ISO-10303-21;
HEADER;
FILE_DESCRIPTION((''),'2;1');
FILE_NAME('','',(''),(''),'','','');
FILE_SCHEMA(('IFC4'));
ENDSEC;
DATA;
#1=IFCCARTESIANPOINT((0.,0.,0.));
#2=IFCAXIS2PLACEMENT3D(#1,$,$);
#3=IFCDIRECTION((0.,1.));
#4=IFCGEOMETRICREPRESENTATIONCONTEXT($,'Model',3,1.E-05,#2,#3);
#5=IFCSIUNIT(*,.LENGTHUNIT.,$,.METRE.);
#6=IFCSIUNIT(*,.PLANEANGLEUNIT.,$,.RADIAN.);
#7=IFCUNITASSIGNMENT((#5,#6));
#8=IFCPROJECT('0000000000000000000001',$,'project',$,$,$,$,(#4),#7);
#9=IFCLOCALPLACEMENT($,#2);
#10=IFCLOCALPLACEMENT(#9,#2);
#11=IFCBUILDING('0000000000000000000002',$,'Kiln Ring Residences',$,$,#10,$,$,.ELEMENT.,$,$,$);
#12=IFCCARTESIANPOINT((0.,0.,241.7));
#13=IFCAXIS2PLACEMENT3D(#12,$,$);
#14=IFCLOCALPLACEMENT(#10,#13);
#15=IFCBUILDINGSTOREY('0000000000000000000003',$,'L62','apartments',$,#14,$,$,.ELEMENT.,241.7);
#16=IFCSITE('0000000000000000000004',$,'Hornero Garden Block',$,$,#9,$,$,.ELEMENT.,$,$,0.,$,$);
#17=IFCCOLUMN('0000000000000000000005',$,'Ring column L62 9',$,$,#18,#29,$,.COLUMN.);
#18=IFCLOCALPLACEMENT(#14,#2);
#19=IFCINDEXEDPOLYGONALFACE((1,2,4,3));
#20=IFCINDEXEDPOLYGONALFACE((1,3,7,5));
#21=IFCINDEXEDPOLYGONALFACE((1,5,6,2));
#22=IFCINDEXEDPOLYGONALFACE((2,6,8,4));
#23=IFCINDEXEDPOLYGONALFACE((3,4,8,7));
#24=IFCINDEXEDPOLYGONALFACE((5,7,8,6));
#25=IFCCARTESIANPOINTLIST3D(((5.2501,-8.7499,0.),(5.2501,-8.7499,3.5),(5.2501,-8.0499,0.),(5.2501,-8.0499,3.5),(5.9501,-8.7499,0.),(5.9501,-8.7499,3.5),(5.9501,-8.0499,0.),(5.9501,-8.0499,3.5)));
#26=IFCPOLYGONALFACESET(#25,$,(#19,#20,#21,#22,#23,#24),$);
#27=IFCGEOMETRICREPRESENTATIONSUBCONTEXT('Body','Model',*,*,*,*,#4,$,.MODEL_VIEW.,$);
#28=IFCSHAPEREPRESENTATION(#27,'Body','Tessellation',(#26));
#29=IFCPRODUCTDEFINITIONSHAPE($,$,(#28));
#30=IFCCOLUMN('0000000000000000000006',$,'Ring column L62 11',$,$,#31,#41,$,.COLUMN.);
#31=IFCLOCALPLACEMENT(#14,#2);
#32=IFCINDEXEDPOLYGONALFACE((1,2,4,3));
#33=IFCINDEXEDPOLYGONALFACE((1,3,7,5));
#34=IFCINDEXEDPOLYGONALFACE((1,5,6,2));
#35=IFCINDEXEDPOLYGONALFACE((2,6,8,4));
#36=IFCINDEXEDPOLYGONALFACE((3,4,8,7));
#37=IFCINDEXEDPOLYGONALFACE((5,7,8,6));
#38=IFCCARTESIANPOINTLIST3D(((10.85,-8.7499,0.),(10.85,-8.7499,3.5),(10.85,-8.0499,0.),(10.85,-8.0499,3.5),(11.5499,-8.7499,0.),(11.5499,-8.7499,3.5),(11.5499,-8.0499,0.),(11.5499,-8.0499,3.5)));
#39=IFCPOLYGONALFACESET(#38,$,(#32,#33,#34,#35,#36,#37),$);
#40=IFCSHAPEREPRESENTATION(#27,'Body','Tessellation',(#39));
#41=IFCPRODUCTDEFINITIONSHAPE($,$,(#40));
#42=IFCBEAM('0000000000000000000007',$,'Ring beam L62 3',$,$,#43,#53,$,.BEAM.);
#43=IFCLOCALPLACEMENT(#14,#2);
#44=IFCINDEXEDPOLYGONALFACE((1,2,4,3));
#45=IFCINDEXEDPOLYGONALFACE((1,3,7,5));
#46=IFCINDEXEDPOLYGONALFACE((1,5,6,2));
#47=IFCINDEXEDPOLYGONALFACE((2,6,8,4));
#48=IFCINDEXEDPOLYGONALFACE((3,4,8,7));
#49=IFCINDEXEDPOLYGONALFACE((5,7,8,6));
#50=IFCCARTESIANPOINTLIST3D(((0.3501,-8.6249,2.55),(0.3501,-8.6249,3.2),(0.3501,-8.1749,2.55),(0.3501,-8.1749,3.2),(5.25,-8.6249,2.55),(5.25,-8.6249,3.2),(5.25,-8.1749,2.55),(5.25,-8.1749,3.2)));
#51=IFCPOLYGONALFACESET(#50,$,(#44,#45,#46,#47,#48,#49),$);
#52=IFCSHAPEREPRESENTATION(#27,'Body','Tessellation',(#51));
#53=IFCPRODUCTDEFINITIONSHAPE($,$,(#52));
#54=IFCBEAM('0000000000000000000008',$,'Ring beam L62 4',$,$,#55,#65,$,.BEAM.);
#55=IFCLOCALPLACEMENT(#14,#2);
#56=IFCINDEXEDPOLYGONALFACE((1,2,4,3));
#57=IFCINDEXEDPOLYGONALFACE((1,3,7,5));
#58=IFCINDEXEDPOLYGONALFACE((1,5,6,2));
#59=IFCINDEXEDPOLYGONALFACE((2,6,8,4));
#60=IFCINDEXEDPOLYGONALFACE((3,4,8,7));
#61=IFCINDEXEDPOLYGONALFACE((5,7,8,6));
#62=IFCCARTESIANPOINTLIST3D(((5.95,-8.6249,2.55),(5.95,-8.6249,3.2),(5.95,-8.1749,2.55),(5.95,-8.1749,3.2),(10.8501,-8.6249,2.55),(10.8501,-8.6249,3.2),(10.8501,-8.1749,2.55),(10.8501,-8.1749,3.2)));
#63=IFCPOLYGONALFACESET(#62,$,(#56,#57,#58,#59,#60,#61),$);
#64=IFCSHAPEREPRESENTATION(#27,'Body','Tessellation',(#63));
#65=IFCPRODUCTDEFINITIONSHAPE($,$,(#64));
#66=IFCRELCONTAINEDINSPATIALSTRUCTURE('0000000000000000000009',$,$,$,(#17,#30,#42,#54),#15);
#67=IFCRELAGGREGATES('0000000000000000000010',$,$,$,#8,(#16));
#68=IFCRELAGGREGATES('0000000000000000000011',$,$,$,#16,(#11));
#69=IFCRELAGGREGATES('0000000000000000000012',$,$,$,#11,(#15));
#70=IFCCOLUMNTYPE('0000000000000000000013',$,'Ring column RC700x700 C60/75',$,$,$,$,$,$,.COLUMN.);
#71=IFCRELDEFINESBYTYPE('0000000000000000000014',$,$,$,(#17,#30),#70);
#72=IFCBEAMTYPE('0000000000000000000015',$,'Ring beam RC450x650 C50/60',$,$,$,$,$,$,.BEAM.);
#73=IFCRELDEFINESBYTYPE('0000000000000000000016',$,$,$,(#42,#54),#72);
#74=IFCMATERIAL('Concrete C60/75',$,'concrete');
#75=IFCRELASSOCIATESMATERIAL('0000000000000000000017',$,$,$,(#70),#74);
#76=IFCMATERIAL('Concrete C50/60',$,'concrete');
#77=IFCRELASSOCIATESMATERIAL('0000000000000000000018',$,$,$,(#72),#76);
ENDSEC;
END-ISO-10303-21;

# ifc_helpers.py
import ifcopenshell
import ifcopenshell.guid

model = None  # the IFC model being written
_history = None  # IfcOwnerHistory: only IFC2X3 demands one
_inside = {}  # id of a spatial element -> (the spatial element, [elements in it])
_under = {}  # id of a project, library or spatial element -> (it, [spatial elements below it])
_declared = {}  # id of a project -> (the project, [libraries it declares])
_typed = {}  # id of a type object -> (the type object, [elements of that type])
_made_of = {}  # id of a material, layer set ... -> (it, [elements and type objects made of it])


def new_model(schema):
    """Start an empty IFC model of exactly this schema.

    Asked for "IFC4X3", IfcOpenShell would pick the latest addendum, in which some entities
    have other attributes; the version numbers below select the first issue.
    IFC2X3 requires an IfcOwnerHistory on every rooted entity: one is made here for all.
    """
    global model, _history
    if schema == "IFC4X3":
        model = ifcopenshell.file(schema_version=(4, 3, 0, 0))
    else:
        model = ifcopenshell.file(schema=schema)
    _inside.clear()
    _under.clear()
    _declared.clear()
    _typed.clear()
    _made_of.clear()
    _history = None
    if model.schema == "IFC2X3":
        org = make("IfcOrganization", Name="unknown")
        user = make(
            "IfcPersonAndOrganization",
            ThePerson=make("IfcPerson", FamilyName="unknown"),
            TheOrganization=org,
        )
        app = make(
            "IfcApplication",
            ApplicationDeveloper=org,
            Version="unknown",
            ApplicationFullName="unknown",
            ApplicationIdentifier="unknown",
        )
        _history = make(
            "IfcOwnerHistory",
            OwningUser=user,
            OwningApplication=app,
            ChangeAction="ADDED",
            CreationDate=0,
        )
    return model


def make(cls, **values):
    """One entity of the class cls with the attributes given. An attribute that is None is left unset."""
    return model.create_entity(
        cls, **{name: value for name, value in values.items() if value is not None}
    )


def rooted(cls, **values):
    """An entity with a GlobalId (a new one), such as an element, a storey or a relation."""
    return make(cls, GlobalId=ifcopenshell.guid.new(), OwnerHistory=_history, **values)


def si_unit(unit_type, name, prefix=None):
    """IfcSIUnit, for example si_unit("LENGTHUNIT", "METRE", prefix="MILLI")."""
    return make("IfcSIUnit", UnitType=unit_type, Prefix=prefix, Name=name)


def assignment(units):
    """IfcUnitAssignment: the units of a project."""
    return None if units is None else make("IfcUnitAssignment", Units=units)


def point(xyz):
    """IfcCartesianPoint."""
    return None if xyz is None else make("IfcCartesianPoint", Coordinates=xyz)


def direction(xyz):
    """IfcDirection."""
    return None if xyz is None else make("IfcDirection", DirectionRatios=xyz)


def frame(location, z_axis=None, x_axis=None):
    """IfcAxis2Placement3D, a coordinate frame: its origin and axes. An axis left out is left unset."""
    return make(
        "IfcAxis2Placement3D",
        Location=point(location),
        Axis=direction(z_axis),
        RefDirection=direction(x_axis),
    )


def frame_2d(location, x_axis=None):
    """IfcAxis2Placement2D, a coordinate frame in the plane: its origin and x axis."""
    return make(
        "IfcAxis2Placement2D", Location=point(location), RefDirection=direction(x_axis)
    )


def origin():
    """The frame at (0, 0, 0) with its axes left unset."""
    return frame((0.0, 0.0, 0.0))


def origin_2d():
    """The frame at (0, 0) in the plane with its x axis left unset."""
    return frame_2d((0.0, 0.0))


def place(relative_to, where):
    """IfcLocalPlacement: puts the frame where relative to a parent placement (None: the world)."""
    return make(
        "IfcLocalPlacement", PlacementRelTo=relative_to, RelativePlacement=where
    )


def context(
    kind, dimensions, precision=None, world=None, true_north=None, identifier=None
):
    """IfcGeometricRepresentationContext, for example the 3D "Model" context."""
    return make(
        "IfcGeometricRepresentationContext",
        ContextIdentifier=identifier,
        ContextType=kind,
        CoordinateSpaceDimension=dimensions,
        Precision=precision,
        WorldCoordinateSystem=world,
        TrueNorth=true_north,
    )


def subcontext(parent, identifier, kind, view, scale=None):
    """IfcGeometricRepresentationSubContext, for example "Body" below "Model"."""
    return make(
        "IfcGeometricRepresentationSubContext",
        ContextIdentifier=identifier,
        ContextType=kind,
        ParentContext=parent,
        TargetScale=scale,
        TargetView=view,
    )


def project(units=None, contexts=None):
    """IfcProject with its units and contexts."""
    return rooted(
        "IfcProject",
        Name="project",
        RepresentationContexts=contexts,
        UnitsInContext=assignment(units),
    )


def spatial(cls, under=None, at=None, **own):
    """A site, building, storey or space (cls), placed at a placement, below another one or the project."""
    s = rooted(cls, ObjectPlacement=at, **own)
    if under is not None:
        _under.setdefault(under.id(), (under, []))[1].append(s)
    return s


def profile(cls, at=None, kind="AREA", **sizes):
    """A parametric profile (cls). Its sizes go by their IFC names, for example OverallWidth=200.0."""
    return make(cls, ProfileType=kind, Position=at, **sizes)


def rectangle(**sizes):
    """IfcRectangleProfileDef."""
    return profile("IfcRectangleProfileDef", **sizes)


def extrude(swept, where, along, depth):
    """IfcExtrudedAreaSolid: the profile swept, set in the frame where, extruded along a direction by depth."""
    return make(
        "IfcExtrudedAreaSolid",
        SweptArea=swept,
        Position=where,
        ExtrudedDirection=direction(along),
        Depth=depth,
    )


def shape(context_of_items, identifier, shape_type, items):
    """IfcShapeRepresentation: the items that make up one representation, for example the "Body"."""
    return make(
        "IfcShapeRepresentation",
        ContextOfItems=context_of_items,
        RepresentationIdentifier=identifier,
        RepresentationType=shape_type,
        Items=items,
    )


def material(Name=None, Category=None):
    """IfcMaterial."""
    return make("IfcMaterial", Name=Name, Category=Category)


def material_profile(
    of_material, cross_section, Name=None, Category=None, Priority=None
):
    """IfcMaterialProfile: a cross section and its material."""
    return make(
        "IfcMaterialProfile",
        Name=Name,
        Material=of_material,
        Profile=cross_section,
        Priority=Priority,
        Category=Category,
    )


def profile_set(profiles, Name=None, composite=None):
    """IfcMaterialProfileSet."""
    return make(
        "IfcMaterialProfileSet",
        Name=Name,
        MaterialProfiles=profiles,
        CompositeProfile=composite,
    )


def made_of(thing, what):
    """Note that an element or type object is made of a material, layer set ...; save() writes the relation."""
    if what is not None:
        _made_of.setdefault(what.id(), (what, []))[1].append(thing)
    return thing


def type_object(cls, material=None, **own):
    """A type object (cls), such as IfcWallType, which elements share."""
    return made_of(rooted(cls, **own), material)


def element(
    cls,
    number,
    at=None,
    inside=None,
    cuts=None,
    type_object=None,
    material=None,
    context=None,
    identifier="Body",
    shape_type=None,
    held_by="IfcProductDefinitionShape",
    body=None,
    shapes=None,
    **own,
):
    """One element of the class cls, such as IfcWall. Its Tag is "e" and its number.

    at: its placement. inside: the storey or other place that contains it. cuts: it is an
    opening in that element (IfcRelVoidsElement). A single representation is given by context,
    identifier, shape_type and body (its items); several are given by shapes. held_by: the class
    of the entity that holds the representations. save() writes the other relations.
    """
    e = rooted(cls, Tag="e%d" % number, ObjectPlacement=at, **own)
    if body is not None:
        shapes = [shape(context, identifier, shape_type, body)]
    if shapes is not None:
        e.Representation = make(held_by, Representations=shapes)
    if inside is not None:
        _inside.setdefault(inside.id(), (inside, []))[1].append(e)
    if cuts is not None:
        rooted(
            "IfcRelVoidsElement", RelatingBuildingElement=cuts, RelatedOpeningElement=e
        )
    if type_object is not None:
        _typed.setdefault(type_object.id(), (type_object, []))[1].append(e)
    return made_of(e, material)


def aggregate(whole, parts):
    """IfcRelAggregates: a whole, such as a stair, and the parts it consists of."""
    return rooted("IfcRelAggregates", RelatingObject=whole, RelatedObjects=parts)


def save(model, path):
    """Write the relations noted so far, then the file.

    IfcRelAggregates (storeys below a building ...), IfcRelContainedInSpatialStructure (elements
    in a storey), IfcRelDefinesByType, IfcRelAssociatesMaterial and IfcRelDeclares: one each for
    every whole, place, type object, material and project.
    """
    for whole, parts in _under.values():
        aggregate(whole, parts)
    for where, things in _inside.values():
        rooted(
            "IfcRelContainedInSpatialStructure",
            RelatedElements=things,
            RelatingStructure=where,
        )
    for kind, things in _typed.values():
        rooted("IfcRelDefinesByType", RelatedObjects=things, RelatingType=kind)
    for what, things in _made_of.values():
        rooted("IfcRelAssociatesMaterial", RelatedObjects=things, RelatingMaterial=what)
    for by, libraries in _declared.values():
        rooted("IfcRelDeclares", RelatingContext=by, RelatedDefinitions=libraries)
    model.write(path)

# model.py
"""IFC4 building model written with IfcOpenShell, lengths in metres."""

from ifc_helpers import new_model, si_unit, direction, frame, origin, origin_2d, place, context, subcontext, project, spatial, rectangle, extrude, material, material_profile, profile_set, type_object, element, save


model = new_model("IFC4")

# Units and contexts
model_context = context("Model", 3, precision=1e-05, world=origin(), true_north=direction((0.0, 1.0)))
body_context = subcontext(model_context, "Body", "Model", "MODEL_VIEW")
ifc_project = project(units=[si_unit("LENGTHUNIT", "METRE"), si_unit("PLANEANGLEUNIT", "RADIAN")], contexts=[model_context])

# Site, building, storey
site_placement = place(None, origin())
site = spatial("IfcSite", under=ifc_project, at=site_placement, Name="Hornero Garden Block", CompositionType="ELEMENT", RefElevation=0.0)
building_placement = place(site_placement, origin())
building = spatial("IfcBuilding", under=site, at=building_placement, Name="Kiln Ring Residences", CompositionType="ELEMENT")
storey_placement = place(building_placement, frame((0.0, 0.0, 241.7)))
storey = spatial("IfcBuildingStorey", under=building, at=storey_placement, Name="L62", Description="apartments", CompositionType="ELEMENT", Elevation=241.7)

# Columns
ifc_material_1 = material(Name="Concrete C60/75", Category="concrete")
ifc_material_profile_1 = material_profile(ifc_material_1, rectangle(XDim=0.7, YDim=0.7, at=origin_2d()), Name="RC700x700")
ifc_profile_set_1 = profile_set([ifc_material_profile_1], Name="Concrete C60/75")
column_type = type_object("IfcColumnType", Name="Ring column RC700x700 C60/75", PredefinedType="COLUMN", material=ifc_profile_set_1)
for number, where, z_axis, x_axis, name in (
    (1, (5.6001, -8.3999, 0.0), (0.0, 0.0, 1.0), (1.0, 0.0, 0.0), "Ring column L62 9"),
    (2, (11.2, -8.3999, 0.0), (0.0, 0.0, 1.0), (1.0, 0.0, 0.0), "Ring column L62 11"),
):
    element("IfcColumn", number, at=place(storey_placement, frame(where, z_axis=z_axis, x_axis=x_axis)), inside=storey, type_object=column_type, Name=name, PredefinedType="COLUMN", context=body_context, shape_type="SweptSolid", body=[
        extrude(rectangle(XDim=0.7, YDim=0.7, at=origin_2d()), origin(), (0.0, 0.0, 1.0), 3.5),
    ])

# Beams
ifc_material_2 = material(Name="Concrete C50/60", Category="concrete")
ifc_material_profile_2 = material_profile(ifc_material_2, rectangle(XDim=0.45, YDim=0.6499, at=origin_2d()), Name="RC450x650")
ifc_profile_set_2 = profile_set([ifc_material_profile_2], Name="Concrete C50/60")
beam_type = type_object("IfcBeamType", Name="Ring beam RC450x650 C50/60", PredefinedType="BEAM", material=ifc_profile_set_2)
beam_1_placement = place(storey_placement, frame((0.3501, -8.3999, 2.875), z_axis=(1.0, 0.0, 0.0), x_axis=(0.0, 1.0, 0.0)))
element("IfcBeam", 3, at=beam_1_placement, inside=storey, type_object=beam_type, Name="Ring beam L62 3", PredefinedType="BEAM", context=body_context, shape_type="SweptSolid", body=[
    extrude(rectangle(XDim=0.45, YDim=0.6499, at=origin_2d()), origin(), (0.0, 0.0, 1.0), 4.8999),
])
beam_2_placement = place(storey_placement, frame((5.95, -8.3999, 2.875), z_axis=(1.0, 0.0, 0.0), x_axis=(0.0, 1.0, 0.0)))
element("IfcBeam", 4, at=beam_2_placement, inside=storey, type_object=beam_type, Name="Ring beam L62 4", PredefinedType="BEAM", context=body_context, shape_type="SweptSolid", body=[
    extrude(rectangle(XDim=0.45, YDim=0.6499, at=origin_2d()), origin(), (0.0, 0.0, 1.0), 4.9001),
])

save(model, "model.ifc")
